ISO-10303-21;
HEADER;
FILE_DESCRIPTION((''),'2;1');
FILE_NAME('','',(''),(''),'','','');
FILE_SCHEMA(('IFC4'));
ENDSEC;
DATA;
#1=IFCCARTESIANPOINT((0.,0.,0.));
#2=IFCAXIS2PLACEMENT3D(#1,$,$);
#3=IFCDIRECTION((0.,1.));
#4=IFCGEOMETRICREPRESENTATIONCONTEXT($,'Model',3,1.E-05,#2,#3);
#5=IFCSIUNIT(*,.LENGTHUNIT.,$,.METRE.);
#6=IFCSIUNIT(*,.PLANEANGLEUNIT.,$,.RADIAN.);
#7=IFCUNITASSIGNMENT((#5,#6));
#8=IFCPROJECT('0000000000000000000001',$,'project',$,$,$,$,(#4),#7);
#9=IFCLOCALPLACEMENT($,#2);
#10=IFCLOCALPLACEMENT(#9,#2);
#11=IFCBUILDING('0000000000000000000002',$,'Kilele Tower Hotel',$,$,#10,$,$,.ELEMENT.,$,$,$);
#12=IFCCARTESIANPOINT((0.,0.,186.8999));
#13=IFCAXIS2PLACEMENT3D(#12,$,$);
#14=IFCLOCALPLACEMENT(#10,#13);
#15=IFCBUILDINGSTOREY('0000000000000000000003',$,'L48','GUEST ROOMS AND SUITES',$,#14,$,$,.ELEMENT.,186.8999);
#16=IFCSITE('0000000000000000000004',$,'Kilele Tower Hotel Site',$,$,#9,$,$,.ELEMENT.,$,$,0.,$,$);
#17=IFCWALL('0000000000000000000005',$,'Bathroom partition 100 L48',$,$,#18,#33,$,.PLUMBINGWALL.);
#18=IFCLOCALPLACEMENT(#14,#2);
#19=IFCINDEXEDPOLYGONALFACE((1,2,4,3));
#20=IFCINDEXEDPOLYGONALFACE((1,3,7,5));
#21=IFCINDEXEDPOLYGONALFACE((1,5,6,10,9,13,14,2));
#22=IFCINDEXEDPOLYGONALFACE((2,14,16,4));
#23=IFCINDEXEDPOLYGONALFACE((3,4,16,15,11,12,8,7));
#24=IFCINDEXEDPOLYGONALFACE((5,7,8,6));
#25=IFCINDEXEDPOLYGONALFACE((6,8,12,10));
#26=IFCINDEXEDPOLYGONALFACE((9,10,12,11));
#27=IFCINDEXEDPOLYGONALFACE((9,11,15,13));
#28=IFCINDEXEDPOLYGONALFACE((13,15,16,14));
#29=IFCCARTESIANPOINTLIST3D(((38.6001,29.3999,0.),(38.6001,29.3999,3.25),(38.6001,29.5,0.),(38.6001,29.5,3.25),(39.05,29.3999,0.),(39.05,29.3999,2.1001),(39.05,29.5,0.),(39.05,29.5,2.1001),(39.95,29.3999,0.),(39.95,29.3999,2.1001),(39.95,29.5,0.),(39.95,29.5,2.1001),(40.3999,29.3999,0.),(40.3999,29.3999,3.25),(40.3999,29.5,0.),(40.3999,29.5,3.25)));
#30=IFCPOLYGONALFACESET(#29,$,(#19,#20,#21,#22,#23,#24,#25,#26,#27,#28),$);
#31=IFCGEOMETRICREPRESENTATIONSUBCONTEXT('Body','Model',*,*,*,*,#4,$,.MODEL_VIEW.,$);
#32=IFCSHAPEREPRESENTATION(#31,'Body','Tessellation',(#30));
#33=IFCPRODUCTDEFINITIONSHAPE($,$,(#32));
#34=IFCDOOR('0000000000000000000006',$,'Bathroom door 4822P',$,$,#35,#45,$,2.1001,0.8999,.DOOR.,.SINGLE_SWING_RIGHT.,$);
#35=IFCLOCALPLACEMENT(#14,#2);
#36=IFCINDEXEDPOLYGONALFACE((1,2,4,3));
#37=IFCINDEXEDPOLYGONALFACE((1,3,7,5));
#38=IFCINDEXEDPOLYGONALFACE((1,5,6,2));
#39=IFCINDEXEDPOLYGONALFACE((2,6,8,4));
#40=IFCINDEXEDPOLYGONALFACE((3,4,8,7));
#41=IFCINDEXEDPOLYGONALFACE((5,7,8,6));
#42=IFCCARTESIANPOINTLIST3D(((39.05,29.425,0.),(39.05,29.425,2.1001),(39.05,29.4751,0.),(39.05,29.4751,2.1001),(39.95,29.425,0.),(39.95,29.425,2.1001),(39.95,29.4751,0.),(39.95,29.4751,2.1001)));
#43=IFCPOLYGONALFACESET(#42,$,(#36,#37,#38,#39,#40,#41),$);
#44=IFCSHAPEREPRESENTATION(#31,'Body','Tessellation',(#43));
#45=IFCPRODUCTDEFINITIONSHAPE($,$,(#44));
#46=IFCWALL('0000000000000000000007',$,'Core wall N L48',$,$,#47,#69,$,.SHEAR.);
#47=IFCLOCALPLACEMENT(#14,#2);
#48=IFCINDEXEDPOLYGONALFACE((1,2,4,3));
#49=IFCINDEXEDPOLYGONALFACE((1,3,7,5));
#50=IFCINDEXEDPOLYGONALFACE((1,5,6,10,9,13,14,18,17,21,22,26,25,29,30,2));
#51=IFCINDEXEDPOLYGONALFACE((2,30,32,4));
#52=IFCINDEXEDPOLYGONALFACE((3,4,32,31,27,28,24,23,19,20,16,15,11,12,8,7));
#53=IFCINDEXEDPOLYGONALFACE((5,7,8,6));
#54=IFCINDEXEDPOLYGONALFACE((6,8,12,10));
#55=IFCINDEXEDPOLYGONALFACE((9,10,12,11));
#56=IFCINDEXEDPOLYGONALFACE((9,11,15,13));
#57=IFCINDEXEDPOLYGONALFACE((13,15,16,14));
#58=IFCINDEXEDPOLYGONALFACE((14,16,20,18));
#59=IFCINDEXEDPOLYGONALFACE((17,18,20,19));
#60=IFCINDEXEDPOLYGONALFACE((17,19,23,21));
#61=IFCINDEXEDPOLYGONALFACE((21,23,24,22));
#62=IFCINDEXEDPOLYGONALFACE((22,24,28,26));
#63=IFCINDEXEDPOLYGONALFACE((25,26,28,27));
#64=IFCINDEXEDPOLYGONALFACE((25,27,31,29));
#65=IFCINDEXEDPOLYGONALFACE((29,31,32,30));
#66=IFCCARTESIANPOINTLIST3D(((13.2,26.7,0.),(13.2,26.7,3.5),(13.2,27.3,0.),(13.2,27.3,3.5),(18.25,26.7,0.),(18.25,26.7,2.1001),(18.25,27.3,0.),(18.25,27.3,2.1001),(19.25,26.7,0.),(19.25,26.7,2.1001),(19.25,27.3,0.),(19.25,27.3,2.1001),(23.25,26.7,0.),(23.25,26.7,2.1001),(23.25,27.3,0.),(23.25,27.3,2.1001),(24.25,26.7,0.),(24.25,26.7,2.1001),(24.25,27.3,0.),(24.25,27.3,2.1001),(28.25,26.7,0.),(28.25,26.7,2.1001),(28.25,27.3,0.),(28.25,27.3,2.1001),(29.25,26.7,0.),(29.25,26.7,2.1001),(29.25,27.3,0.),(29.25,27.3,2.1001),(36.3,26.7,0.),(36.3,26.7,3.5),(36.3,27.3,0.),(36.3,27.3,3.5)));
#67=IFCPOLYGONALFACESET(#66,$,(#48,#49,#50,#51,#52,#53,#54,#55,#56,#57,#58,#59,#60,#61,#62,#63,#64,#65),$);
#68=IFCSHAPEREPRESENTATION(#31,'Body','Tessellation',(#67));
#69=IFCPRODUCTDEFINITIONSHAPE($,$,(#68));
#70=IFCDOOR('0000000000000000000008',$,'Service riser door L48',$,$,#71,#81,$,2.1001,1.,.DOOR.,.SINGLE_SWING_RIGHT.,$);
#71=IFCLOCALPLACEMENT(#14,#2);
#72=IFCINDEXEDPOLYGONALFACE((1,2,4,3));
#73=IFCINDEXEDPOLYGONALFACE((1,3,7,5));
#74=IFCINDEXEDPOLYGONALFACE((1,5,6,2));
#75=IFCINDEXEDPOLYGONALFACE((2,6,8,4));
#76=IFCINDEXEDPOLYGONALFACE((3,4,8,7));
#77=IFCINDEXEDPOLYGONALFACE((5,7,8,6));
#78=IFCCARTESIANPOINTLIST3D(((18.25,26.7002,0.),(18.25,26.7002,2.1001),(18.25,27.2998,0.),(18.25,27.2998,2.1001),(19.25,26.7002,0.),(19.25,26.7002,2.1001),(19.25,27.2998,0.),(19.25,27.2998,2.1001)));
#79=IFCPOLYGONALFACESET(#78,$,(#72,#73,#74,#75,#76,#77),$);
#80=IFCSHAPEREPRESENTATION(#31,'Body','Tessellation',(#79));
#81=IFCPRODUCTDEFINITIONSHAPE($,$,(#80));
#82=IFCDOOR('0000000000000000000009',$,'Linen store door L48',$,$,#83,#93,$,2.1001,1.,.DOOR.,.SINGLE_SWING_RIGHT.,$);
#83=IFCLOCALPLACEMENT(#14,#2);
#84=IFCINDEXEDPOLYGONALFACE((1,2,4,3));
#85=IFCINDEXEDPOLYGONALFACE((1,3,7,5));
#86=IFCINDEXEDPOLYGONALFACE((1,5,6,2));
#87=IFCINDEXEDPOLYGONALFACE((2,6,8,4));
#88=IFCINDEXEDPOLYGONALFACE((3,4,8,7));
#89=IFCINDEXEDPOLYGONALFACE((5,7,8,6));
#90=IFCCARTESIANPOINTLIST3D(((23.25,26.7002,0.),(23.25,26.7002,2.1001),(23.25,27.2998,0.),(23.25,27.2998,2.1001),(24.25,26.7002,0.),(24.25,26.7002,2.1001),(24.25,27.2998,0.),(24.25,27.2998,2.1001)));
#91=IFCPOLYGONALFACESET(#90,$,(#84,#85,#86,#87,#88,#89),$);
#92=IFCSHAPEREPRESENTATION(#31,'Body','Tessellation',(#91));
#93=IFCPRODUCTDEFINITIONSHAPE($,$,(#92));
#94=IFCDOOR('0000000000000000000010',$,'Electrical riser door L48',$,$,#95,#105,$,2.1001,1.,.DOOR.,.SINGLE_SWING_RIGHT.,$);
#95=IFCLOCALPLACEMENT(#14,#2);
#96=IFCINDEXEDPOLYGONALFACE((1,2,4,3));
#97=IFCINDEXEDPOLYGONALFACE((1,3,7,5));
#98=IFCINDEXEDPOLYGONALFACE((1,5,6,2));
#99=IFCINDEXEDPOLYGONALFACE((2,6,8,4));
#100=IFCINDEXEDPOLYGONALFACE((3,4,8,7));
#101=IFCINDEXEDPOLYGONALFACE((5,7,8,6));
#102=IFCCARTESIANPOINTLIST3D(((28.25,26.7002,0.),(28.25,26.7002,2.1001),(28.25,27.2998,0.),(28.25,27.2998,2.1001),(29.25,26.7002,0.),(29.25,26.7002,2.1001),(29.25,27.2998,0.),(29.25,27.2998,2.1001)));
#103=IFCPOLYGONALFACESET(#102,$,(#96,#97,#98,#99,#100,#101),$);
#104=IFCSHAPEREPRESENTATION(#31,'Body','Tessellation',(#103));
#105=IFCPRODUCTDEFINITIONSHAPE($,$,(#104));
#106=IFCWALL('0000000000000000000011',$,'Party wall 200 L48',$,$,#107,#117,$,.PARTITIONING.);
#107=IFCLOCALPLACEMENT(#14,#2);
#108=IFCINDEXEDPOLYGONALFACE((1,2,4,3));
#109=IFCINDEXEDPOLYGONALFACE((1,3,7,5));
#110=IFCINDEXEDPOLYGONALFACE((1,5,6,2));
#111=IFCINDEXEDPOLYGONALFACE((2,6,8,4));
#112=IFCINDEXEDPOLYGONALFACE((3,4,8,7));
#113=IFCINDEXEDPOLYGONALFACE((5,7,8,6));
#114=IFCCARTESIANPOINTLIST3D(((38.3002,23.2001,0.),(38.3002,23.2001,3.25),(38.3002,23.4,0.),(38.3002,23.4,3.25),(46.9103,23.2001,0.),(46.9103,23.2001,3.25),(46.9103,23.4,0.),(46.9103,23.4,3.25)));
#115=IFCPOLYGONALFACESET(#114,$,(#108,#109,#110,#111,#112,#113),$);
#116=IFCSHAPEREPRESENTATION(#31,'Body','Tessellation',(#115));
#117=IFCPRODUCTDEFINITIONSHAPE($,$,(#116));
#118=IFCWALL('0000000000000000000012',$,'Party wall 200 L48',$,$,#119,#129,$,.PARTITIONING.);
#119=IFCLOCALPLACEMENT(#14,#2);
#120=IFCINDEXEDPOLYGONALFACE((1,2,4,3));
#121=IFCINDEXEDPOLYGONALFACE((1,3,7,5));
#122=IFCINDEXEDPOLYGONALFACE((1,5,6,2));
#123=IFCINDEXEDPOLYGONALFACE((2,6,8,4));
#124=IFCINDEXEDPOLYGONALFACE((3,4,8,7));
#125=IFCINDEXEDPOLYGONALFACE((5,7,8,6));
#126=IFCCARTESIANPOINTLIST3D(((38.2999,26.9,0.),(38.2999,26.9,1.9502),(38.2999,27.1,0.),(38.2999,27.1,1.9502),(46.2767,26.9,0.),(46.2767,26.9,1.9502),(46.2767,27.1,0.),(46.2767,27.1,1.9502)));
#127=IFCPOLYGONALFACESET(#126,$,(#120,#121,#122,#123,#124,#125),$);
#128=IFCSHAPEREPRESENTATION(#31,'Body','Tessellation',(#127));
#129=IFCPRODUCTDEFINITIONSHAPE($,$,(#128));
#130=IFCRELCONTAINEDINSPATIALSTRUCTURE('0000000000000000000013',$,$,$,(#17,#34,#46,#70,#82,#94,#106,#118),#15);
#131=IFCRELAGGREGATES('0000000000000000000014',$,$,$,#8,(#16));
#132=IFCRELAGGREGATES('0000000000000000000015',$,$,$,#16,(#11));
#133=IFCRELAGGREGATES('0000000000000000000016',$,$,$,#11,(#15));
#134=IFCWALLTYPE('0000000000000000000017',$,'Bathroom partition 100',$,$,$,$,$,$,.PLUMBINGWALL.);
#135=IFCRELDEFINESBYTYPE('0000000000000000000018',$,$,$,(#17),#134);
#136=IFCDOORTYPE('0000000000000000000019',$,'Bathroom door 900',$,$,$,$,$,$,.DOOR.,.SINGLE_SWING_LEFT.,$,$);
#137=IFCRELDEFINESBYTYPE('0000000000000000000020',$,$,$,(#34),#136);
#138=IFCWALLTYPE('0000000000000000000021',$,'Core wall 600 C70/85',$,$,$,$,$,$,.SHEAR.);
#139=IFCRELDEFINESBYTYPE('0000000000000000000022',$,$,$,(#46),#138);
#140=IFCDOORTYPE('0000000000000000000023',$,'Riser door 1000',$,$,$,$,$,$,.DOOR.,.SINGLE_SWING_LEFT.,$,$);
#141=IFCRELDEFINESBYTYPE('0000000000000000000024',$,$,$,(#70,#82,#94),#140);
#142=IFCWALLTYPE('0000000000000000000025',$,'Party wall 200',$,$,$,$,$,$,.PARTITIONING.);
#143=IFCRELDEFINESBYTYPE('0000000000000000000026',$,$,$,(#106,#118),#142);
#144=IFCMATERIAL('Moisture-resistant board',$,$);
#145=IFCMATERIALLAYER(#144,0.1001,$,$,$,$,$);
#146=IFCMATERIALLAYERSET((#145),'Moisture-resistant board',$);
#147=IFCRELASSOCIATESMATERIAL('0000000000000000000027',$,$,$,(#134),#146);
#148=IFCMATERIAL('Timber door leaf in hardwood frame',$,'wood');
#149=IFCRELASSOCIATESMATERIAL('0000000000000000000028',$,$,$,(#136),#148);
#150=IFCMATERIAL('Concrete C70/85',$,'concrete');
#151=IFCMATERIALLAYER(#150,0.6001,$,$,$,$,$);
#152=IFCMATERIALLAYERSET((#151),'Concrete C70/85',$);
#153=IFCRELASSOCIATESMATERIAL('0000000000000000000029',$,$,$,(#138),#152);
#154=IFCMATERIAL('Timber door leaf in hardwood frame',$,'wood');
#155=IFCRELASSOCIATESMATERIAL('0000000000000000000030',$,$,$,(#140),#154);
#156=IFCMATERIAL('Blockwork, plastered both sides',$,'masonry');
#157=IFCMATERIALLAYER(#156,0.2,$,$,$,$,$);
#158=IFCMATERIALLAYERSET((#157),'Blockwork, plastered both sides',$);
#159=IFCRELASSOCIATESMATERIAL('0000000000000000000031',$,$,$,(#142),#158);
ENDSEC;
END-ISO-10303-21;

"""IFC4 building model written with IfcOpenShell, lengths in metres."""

from ifc_helpers import new_model, si_unit, direction, frame, frame_2d, origin, place, context, subcontext, project, spatial, rectangle, extrude, material, layer, layer_set, type_object, element, fill, save


model = new_model("IFC4")

# Units and contexts
model_context = context("Model", 3, precision=1e-05, world=origin(), true_north=direction((0.0, 1.0)))
body_context = subcontext(model_context, "Body", "Model", "MODEL_VIEW")
ifc_project = project(units=[si_unit("LENGTHUNIT", "METRE"), si_unit("PLANEANGLEUNIT", "RADIAN")], contexts=[model_context])

# Site, building, storey
site_placement = place(None, origin())
site = spatial("IfcSite", under=ifc_project, at=site_placement, Name="Kilele Tower Hotel Site", CompositionType="ELEMENT", RefElevation=0.0)
building_placement = place(site_placement, origin())
building = spatial("IfcBuilding", under=site, at=building_placement, Name="Kilele Tower Hotel", CompositionType="ELEMENT")
storey_placement = place(building_placement, frame((0.0, 0.0, 186.8999)))
storey = spatial("IfcBuildingStorey", under=building, at=storey_placement, Name="L48", Description="GUEST ROOMS AND SUITES", CompositionType="ELEMENT", Elevation=186.8999)

# Shared definitions
ifc_material_1 = material(Name="Moisture-resistant board")
ifc_layer_1 = layer(ifc_material_1, 0.1001)
ifc_layer_set_1 = layer_set([ifc_layer_1], Name="Moisture-resistant board")
wall_type_1 = type_object("IfcWallType", Name="Bathroom partition 100", PredefinedType="PLUMBINGWALL", material=ifc_layer_set_1)

# Shared definitions
ifc_material_2 = material(Name="Timber door leaf in hardwood frame", Category="wood")
door_type_1 = type_object("IfcDoorType", Name="Bathroom door 900", OperationType="SINGLE_SWING_LEFT", PredefinedType="DOOR", material=ifc_material_2)

# Wall, opening, door
wall_1_placement = place(storey_placement, frame((38.6001, 29.45, 0.0), z_axis=(0.0, 0.0, 1.0), x_axis=(1.0, 0.0, 0.0)))
wall_1 = element("IfcWall", 1, at=wall_1_placement, inside=storey, type_object=wall_type_1, Name="Bathroom partition 100 L48", PredefinedType="PLUMBINGWALL", context=body_context, shape_type="SweptSolid", body=[
    extrude(rectangle(XDim=1.7998, YDim=0.1001, at=frame_2d((0.8999, 0.0))), origin(), (0.0, 0.0, 1.0), 3.25),
])
opening_1_placement = place(wall_1_placement, frame((1.3499, 0.0, 0.0), z_axis=(0.0, 0.0, 1.0), x_axis=(-1.0, 0.0, 0.0)))
opening_1 = element("IfcOpeningElement", 2, at=opening_1_placement, cuts=wall_1, PredefinedType="OPENING", context=body_context, shape_type="SweptSolid", body=[
    extrude(rectangle(XDim=0.8999, YDim=2.1001, at=frame_2d((0.45, 1.05))), frame((0.0, 0.0601, 0.0), z_axis=(0.0, -1.0, 0.0), x_axis=(1.0, 0.0, 0.0)), (0.0, 0.0, 1.0), 0.1201),
])
door_1_placement = place(opening_1_placement, origin())
door_1 = element("IfcDoor", 3, at=door_1_placement, inside=storey, type_object=door_type_1, Name="Bathroom door 4822P", OperationType="SINGLE_SWING_RIGHT", OverallHeight=2.1001, OverallWidth=0.8999, PredefinedType="DOOR", context=body_context, shape_type="SweptSolid", body=[
    extrude(rectangle(XDim=0.8999, YDim=2.1001, at=frame_2d((0.45, 1.05))), frame((0.0, 0.0249, 0.0), z_axis=(0.0, -1.0, 0.0), x_axis=(1.0, 0.0, 0.0)), (0.0, 0.0, 1.0), 0.05),
])
fill(opening_1, door_1)

# Wall, openings, doors
ifc_material_3 = material(Name="Concrete C70/85", Category="concrete")
ifc_layer_2 = layer(ifc_material_3, 0.6001)
ifc_layer_set_2 = layer_set([ifc_layer_2], Name="Concrete C70/85")
wall_type_2 = type_object("IfcWallType", Name="Core wall 600 C70/85", PredefinedType="SHEAR", material=ifc_layer_set_2)
wall_2_placement = place(storey_placement, frame((36.3, 27.0, 0.0), z_axis=(0.0, 0.0, 1.0), x_axis=(-1.0, 0.0, 0.0)))
wall_2 = element("IfcWall", 4, at=wall_2_placement, inside=storey, type_object=wall_type_2, Name="Core wall N L48", PredefinedType="SHEAR", context=body_context, shape_type="SweptSolid", body=[
    extrude(rectangle(XDim=23.1001, YDim=0.6001, at=frame_2d((11.55, 0.0))), origin(), (0.0, 0.0, 1.0), 3.5),
])
opening_2_placement = place(wall_2_placement, frame((17.05, 0.0, 0.0)))
opening_2 = element("IfcOpeningElement", 5, at=opening_2_placement, cuts=wall_2, PredefinedType="OPENING", context=body_context, shape_type="SweptSolid", body=[
    extrude(rectangle(XDim=1.0, YDim=2.1001, at=frame_2d((0.5, 1.05))), frame((0.0, 0.3101, 0.0), z_axis=(0.0, -1.0, 0.0), x_axis=(1.0, 0.0, 0.0)), (0.0, 0.0, 1.0), 0.6201),
])
opening_3_placement = place(wall_2_placement, frame((12.05, 0.0, 0.0)))
opening_3 = element("IfcOpeningElement", 6, at=opening_3_placement, cuts=wall_2, PredefinedType="OPENING", context=body_context, shape_type="SweptSolid", body=[
    extrude(rectangle(XDim=1.0, YDim=2.1001, at=frame_2d((0.5, 1.05))), frame((0.0, 0.3101, 0.0), z_axis=(0.0, -1.0, 0.0), x_axis=(1.0, 0.0, 0.0)), (0.0, 0.0, 1.0), 0.6201),
])
opening_4_placement = place(wall_2_placement, frame((7.05, 0.0, 0.0)))
opening_4 = element("IfcOpeningElement", 7, at=opening_4_placement, cuts=wall_2, PredefinedType="OPENING", context=body_context, shape_type="SweptSolid", body=[
    extrude(rectangle(XDim=1.0, YDim=2.1001, at=frame_2d((0.5, 1.05))), frame((0.0, 0.3101, 0.0), z_axis=(0.0, -1.0, 0.0), x_axis=(1.0, 0.0, 0.0)), (0.0, 0.0, 1.0), 0.6201),
])
ifc_material_4 = material(Name="Timber door leaf in hardwood frame", Category="wood")
door_type_2 = type_object("IfcDoorType", Name="Riser door 1000", OperationType="SINGLE_SWING_LEFT", PredefinedType="DOOR", material=ifc_material_4)
door_2_placement = place(opening_2_placement, origin())
door_2 = element("IfcDoor", 8, at=door_2_placement, inside=storey, type_object=door_type_2, Name="Service riser door L48", OperationType="SINGLE_SWING_RIGHT", OverallHeight=2.1001, OverallWidth=1.0, PredefinedType="DOOR", context=body_context, shape_type="SweptSolid", body=[
    extrude(rectangle(XDim=1.0, YDim=2.1001, at=frame_2d((0.5, 1.05))), frame((0.0, 0.2998, 0.0), z_axis=(0.0, -1.0, 0.0), x_axis=(1.0, 0.0, 0.0)), (0.0, 0.0, 1.0), 0.5996),
])
fill(opening_2, door_2)
door_3_placement = place(opening_3_placement, origin())
door_3 = element("IfcDoor", 9, at=door_3_placement, inside=storey, type_object=door_type_2, Name="Linen store door L48", OperationType="SINGLE_SWING_RIGHT", OverallHeight=2.1001, OverallWidth=1.0, PredefinedType="DOOR", context=body_context, shape_type="SweptSolid", body=[
    extrude(rectangle(XDim=1.0, YDim=2.1001, at=frame_2d((0.5, 1.05))), frame((0.0, 0.2998, 0.0), z_axis=(0.0, -1.0, 0.0), x_axis=(1.0, 0.0, 0.0)), (0.0, 0.0, 1.0), 0.5996),
])
fill(opening_3, door_3)
door_4_placement = place(opening_4_placement, origin())
door_4 = element("IfcDoor", 10, at=door_4_placement, inside=storey, type_object=door_type_2, Name="Electrical riser door L48", OperationType="SINGLE_SWING_RIGHT", OverallHeight=2.1001, OverallWidth=1.0, PredefinedType="DOOR", context=body_context, shape_type="SweptSolid", body=[
    extrude(rectangle(XDim=1.0, YDim=2.1001, at=frame_2d((0.5, 1.05))), frame((0.0, 0.2998, 0.0), z_axis=(0.0, -1.0, 0.0), x_axis=(1.0, 0.0, 0.0)), (0.0, 0.0, 1.0), 0.5996),
])
fill(opening_4, door_4)

# Walls
ifc_material_5 = material(Name="Blockwork, plastered both sides", Category="masonry")
ifc_layer_3 = layer(ifc_material_5, 0.2)
ifc_layer_set_3 = layer_set([ifc_layer_3], Name="Blockwork, plastered both sides")
wall_type_3 = type_object("IfcWallType", Name="Party wall 200", PredefinedType="PARTITIONING", material=ifc_layer_set_3)
wall_3_placement = place(storey_placement, frame((38.3, 23.3, 0.0), z_axis=(0.0, 0.0, 1.0), x_axis=(1.0, 0.0, 0.0)))
element("IfcWall", 11, at=wall_3_placement, inside=storey, type_object=wall_type_3, Name="Party wall 200 L48", PredefinedType="PARTITIONING", context=body_context, shape_type="SweptSolid", body=[
    extrude(rectangle(XDim=8.6101, YDim=0.2, at=frame_2d((4.3052, 0.0))), origin(), (0.0, 0.0, 1.0), 3.25),
])
wall_4_placement = place(storey_placement, frame((38.3, 27.0, 0.0), z_axis=(0.0, 0.0, 1.0), x_axis=(1.0, 0.0, 0.0)))
element("IfcWall", 12, at=wall_4_placement, inside=storey, type_object=wall_type_3, Name="Party wall 200 L48", PredefinedType="PARTITIONING", context=body_context, shape_type="SweptSolid", body=[
    extrude(rectangle(XDim=7.9768, YDim=0.2, at=frame_2d((3.9883, 0.0))), origin(), (0.0, 0.0, 1.0), 1.9502),
])

save(model, "model.ifc")
